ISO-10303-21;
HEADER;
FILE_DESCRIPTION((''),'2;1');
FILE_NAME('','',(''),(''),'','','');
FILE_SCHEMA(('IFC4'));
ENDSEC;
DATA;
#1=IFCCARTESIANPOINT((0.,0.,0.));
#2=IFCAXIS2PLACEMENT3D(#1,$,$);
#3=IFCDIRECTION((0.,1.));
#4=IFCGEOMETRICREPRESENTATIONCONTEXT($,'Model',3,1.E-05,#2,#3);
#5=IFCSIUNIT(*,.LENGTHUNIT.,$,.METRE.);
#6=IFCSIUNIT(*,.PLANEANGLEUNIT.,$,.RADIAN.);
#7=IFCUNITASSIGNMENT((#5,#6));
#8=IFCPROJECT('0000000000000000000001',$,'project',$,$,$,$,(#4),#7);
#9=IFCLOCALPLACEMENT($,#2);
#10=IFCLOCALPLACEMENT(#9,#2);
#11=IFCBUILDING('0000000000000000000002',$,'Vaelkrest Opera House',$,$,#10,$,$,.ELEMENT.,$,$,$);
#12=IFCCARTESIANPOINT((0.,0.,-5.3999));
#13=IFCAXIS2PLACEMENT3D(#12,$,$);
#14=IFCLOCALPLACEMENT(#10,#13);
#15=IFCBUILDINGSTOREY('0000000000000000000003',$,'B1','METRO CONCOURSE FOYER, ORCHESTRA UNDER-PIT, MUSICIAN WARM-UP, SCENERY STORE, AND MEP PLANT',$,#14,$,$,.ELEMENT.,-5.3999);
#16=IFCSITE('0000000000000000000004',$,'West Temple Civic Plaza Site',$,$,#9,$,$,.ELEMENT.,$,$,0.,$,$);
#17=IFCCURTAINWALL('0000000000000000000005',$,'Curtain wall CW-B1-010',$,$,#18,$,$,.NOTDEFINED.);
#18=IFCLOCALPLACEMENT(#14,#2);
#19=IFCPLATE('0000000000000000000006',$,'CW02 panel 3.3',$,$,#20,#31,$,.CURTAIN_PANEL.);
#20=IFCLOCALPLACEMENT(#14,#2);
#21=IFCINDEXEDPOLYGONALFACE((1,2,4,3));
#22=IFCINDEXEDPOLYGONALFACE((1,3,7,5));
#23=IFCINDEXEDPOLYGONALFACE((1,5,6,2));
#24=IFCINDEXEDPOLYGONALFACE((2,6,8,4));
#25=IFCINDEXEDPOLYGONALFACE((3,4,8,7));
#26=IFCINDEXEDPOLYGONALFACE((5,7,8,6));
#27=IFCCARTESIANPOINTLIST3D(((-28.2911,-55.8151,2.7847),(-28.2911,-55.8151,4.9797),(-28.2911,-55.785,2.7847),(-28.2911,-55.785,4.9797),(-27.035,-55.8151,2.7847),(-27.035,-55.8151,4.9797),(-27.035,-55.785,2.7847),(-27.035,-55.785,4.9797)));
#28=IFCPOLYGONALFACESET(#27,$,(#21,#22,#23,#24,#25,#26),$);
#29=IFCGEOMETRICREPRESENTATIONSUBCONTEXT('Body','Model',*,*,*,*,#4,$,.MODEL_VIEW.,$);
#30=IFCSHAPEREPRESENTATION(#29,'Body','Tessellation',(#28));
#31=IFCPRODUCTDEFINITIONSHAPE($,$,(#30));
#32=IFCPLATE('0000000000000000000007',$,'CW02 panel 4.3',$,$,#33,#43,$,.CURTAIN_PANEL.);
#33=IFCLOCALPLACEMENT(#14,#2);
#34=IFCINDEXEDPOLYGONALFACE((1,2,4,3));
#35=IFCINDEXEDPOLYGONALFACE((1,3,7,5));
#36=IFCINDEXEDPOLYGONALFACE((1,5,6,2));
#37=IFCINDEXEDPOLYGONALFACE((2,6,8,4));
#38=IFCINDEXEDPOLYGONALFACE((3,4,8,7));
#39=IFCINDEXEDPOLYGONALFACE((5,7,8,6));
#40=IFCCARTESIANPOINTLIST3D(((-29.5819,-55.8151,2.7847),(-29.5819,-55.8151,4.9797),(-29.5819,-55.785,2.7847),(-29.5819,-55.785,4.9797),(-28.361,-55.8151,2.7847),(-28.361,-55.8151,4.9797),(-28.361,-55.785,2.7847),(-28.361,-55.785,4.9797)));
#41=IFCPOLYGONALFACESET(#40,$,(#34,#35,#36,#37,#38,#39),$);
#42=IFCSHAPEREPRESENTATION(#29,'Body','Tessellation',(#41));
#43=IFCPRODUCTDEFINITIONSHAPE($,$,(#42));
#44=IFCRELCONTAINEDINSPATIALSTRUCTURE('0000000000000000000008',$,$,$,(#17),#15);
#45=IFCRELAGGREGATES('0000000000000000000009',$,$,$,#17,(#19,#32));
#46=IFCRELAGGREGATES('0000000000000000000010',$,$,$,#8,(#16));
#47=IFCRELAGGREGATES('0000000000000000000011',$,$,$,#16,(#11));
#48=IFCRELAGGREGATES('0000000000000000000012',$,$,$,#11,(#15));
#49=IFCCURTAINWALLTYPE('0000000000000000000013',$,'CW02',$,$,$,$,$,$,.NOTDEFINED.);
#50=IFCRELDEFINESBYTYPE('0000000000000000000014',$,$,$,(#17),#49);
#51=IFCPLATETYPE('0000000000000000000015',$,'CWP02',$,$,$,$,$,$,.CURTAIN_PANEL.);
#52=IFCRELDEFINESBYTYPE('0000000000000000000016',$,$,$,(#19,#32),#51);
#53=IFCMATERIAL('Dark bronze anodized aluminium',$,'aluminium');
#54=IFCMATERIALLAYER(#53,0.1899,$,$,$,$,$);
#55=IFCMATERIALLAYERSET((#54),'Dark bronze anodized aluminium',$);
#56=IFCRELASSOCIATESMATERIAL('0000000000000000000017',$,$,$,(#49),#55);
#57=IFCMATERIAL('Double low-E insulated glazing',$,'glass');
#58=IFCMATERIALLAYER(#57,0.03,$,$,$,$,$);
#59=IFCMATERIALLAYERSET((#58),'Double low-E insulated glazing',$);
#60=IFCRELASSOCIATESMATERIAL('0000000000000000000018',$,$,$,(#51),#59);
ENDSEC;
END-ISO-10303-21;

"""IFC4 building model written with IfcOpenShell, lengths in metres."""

from ifc_helpers import new_model, si_unit, direction, frame, origin, origin_2d, place, context, subcontext, project, spatial, rectangle, extrude, material, layer, layer_set, type_object, element, aggregate, save


model = new_model("IFC4")

# Units and contexts
model_context = context("Model", 3, precision=1e-05, world=origin(), true_north=direction((0.0, 1.0)))
body_context = subcontext(model_context, "Body", "Model", "MODEL_VIEW")
ifc_project = project(units=[si_unit("LENGTHUNIT", "METRE"), si_unit("PLANEANGLEUNIT", "RADIAN")], contexts=[model_context])

# Site, building, storey
site_placement = place(None, origin())
site = spatial("IfcSite", under=ifc_project, at=site_placement, Name="West Temple Civic Plaza Site", CompositionType="ELEMENT", RefElevation=0.0)
building_placement = place(site_placement, origin())
building = spatial("IfcBuilding", under=site, at=building_placement, Name="Vaelkrest Opera House", CompositionType="ELEMENT")
storey_placement = place(building_placement, frame((0.0, 0.0, -5.3999)))
storey = spatial("IfcBuildingStorey", under=building, at=storey_placement, Name="B1", Description="METRO CONCOURSE FOYER, ORCHESTRA UNDER-PIT, MUSICIAN WARM-UP, SCENERY STORE, AND MEP PLANT", CompositionType="ELEMENT", Elevation=-5.3999)

# Curtain wall, plates
ifc_material_1 = material(Name="Dark bronze anodized aluminium", Category="aluminium")
ifc_layer_1 = layer(ifc_material_1, 0.1899)
ifc_layer_set_1 = layer_set([ifc_layer_1], Name="Dark bronze anodized aluminium")
curtain_wall_type = type_object("IfcCurtainWallType", Name="CW02", PredefinedType="NOTDEFINED", material=ifc_layer_set_1)
curtain_wall_placement = place(storey_placement, origin())
curtain_wall = element("IfcCurtainWall", 1, at=curtain_wall_placement, inside=storey, type_object=curtain_wall_type, Name="Curtain wall CW-B1-010", PredefinedType="NOTDEFINED")
ifc_material_2 = material(Name="Double low-E insulated glazing", Category="glass")
ifc_layer_2 = layer(ifc_material_2, 0.03)
ifc_layer_set_2 = layer_set([ifc_layer_2], Name="Double low-E insulated glazing")
plate_type = type_object("IfcPlateType", Name="CWP02", PredefinedType="CURTAIN_PANEL", material=ifc_layer_set_2)
plate_1_placement = place(storey_placement, frame((-27.6631, -55.8, 2.7847), z_axis=(0.0, 0.0, 1.0), x_axis=(-1.0, 0.0, 0.0)))
plate_1 = element("IfcPlate", 2, at=plate_1_placement, type_object=plate_type, Name="CW02 panel 3.3", PredefinedType="CURTAIN_PANEL", context=body_context, shape_type="SweptSolid", body=[
    extrude(rectangle(XDim=1.2561, YDim=0.03, at=origin_2d()), origin(), (0.0, 0.0, 1.0), 2.1951),
])
plate_2_placement = place(storey_placement, frame((-28.9714, -55.8, 2.7847), z_axis=(0.0, 0.0, 1.0), x_axis=(-1.0, 0.0, 0.0)))
plate_2 = element("IfcPlate", 3, at=plate_2_placement, type_object=plate_type, Name="CW02 panel 4.3", PredefinedType="CURTAIN_PANEL", context=body_context, shape_type="SweptSolid", body=[
    extrude(rectangle(XDim=1.2209, YDim=0.03, at=origin_2d()), origin(), (0.0, 0.0, 1.0), 2.1951),
])
aggregate(curtain_wall, [plate_1, plate_2])

save(model, "model.ifc")
